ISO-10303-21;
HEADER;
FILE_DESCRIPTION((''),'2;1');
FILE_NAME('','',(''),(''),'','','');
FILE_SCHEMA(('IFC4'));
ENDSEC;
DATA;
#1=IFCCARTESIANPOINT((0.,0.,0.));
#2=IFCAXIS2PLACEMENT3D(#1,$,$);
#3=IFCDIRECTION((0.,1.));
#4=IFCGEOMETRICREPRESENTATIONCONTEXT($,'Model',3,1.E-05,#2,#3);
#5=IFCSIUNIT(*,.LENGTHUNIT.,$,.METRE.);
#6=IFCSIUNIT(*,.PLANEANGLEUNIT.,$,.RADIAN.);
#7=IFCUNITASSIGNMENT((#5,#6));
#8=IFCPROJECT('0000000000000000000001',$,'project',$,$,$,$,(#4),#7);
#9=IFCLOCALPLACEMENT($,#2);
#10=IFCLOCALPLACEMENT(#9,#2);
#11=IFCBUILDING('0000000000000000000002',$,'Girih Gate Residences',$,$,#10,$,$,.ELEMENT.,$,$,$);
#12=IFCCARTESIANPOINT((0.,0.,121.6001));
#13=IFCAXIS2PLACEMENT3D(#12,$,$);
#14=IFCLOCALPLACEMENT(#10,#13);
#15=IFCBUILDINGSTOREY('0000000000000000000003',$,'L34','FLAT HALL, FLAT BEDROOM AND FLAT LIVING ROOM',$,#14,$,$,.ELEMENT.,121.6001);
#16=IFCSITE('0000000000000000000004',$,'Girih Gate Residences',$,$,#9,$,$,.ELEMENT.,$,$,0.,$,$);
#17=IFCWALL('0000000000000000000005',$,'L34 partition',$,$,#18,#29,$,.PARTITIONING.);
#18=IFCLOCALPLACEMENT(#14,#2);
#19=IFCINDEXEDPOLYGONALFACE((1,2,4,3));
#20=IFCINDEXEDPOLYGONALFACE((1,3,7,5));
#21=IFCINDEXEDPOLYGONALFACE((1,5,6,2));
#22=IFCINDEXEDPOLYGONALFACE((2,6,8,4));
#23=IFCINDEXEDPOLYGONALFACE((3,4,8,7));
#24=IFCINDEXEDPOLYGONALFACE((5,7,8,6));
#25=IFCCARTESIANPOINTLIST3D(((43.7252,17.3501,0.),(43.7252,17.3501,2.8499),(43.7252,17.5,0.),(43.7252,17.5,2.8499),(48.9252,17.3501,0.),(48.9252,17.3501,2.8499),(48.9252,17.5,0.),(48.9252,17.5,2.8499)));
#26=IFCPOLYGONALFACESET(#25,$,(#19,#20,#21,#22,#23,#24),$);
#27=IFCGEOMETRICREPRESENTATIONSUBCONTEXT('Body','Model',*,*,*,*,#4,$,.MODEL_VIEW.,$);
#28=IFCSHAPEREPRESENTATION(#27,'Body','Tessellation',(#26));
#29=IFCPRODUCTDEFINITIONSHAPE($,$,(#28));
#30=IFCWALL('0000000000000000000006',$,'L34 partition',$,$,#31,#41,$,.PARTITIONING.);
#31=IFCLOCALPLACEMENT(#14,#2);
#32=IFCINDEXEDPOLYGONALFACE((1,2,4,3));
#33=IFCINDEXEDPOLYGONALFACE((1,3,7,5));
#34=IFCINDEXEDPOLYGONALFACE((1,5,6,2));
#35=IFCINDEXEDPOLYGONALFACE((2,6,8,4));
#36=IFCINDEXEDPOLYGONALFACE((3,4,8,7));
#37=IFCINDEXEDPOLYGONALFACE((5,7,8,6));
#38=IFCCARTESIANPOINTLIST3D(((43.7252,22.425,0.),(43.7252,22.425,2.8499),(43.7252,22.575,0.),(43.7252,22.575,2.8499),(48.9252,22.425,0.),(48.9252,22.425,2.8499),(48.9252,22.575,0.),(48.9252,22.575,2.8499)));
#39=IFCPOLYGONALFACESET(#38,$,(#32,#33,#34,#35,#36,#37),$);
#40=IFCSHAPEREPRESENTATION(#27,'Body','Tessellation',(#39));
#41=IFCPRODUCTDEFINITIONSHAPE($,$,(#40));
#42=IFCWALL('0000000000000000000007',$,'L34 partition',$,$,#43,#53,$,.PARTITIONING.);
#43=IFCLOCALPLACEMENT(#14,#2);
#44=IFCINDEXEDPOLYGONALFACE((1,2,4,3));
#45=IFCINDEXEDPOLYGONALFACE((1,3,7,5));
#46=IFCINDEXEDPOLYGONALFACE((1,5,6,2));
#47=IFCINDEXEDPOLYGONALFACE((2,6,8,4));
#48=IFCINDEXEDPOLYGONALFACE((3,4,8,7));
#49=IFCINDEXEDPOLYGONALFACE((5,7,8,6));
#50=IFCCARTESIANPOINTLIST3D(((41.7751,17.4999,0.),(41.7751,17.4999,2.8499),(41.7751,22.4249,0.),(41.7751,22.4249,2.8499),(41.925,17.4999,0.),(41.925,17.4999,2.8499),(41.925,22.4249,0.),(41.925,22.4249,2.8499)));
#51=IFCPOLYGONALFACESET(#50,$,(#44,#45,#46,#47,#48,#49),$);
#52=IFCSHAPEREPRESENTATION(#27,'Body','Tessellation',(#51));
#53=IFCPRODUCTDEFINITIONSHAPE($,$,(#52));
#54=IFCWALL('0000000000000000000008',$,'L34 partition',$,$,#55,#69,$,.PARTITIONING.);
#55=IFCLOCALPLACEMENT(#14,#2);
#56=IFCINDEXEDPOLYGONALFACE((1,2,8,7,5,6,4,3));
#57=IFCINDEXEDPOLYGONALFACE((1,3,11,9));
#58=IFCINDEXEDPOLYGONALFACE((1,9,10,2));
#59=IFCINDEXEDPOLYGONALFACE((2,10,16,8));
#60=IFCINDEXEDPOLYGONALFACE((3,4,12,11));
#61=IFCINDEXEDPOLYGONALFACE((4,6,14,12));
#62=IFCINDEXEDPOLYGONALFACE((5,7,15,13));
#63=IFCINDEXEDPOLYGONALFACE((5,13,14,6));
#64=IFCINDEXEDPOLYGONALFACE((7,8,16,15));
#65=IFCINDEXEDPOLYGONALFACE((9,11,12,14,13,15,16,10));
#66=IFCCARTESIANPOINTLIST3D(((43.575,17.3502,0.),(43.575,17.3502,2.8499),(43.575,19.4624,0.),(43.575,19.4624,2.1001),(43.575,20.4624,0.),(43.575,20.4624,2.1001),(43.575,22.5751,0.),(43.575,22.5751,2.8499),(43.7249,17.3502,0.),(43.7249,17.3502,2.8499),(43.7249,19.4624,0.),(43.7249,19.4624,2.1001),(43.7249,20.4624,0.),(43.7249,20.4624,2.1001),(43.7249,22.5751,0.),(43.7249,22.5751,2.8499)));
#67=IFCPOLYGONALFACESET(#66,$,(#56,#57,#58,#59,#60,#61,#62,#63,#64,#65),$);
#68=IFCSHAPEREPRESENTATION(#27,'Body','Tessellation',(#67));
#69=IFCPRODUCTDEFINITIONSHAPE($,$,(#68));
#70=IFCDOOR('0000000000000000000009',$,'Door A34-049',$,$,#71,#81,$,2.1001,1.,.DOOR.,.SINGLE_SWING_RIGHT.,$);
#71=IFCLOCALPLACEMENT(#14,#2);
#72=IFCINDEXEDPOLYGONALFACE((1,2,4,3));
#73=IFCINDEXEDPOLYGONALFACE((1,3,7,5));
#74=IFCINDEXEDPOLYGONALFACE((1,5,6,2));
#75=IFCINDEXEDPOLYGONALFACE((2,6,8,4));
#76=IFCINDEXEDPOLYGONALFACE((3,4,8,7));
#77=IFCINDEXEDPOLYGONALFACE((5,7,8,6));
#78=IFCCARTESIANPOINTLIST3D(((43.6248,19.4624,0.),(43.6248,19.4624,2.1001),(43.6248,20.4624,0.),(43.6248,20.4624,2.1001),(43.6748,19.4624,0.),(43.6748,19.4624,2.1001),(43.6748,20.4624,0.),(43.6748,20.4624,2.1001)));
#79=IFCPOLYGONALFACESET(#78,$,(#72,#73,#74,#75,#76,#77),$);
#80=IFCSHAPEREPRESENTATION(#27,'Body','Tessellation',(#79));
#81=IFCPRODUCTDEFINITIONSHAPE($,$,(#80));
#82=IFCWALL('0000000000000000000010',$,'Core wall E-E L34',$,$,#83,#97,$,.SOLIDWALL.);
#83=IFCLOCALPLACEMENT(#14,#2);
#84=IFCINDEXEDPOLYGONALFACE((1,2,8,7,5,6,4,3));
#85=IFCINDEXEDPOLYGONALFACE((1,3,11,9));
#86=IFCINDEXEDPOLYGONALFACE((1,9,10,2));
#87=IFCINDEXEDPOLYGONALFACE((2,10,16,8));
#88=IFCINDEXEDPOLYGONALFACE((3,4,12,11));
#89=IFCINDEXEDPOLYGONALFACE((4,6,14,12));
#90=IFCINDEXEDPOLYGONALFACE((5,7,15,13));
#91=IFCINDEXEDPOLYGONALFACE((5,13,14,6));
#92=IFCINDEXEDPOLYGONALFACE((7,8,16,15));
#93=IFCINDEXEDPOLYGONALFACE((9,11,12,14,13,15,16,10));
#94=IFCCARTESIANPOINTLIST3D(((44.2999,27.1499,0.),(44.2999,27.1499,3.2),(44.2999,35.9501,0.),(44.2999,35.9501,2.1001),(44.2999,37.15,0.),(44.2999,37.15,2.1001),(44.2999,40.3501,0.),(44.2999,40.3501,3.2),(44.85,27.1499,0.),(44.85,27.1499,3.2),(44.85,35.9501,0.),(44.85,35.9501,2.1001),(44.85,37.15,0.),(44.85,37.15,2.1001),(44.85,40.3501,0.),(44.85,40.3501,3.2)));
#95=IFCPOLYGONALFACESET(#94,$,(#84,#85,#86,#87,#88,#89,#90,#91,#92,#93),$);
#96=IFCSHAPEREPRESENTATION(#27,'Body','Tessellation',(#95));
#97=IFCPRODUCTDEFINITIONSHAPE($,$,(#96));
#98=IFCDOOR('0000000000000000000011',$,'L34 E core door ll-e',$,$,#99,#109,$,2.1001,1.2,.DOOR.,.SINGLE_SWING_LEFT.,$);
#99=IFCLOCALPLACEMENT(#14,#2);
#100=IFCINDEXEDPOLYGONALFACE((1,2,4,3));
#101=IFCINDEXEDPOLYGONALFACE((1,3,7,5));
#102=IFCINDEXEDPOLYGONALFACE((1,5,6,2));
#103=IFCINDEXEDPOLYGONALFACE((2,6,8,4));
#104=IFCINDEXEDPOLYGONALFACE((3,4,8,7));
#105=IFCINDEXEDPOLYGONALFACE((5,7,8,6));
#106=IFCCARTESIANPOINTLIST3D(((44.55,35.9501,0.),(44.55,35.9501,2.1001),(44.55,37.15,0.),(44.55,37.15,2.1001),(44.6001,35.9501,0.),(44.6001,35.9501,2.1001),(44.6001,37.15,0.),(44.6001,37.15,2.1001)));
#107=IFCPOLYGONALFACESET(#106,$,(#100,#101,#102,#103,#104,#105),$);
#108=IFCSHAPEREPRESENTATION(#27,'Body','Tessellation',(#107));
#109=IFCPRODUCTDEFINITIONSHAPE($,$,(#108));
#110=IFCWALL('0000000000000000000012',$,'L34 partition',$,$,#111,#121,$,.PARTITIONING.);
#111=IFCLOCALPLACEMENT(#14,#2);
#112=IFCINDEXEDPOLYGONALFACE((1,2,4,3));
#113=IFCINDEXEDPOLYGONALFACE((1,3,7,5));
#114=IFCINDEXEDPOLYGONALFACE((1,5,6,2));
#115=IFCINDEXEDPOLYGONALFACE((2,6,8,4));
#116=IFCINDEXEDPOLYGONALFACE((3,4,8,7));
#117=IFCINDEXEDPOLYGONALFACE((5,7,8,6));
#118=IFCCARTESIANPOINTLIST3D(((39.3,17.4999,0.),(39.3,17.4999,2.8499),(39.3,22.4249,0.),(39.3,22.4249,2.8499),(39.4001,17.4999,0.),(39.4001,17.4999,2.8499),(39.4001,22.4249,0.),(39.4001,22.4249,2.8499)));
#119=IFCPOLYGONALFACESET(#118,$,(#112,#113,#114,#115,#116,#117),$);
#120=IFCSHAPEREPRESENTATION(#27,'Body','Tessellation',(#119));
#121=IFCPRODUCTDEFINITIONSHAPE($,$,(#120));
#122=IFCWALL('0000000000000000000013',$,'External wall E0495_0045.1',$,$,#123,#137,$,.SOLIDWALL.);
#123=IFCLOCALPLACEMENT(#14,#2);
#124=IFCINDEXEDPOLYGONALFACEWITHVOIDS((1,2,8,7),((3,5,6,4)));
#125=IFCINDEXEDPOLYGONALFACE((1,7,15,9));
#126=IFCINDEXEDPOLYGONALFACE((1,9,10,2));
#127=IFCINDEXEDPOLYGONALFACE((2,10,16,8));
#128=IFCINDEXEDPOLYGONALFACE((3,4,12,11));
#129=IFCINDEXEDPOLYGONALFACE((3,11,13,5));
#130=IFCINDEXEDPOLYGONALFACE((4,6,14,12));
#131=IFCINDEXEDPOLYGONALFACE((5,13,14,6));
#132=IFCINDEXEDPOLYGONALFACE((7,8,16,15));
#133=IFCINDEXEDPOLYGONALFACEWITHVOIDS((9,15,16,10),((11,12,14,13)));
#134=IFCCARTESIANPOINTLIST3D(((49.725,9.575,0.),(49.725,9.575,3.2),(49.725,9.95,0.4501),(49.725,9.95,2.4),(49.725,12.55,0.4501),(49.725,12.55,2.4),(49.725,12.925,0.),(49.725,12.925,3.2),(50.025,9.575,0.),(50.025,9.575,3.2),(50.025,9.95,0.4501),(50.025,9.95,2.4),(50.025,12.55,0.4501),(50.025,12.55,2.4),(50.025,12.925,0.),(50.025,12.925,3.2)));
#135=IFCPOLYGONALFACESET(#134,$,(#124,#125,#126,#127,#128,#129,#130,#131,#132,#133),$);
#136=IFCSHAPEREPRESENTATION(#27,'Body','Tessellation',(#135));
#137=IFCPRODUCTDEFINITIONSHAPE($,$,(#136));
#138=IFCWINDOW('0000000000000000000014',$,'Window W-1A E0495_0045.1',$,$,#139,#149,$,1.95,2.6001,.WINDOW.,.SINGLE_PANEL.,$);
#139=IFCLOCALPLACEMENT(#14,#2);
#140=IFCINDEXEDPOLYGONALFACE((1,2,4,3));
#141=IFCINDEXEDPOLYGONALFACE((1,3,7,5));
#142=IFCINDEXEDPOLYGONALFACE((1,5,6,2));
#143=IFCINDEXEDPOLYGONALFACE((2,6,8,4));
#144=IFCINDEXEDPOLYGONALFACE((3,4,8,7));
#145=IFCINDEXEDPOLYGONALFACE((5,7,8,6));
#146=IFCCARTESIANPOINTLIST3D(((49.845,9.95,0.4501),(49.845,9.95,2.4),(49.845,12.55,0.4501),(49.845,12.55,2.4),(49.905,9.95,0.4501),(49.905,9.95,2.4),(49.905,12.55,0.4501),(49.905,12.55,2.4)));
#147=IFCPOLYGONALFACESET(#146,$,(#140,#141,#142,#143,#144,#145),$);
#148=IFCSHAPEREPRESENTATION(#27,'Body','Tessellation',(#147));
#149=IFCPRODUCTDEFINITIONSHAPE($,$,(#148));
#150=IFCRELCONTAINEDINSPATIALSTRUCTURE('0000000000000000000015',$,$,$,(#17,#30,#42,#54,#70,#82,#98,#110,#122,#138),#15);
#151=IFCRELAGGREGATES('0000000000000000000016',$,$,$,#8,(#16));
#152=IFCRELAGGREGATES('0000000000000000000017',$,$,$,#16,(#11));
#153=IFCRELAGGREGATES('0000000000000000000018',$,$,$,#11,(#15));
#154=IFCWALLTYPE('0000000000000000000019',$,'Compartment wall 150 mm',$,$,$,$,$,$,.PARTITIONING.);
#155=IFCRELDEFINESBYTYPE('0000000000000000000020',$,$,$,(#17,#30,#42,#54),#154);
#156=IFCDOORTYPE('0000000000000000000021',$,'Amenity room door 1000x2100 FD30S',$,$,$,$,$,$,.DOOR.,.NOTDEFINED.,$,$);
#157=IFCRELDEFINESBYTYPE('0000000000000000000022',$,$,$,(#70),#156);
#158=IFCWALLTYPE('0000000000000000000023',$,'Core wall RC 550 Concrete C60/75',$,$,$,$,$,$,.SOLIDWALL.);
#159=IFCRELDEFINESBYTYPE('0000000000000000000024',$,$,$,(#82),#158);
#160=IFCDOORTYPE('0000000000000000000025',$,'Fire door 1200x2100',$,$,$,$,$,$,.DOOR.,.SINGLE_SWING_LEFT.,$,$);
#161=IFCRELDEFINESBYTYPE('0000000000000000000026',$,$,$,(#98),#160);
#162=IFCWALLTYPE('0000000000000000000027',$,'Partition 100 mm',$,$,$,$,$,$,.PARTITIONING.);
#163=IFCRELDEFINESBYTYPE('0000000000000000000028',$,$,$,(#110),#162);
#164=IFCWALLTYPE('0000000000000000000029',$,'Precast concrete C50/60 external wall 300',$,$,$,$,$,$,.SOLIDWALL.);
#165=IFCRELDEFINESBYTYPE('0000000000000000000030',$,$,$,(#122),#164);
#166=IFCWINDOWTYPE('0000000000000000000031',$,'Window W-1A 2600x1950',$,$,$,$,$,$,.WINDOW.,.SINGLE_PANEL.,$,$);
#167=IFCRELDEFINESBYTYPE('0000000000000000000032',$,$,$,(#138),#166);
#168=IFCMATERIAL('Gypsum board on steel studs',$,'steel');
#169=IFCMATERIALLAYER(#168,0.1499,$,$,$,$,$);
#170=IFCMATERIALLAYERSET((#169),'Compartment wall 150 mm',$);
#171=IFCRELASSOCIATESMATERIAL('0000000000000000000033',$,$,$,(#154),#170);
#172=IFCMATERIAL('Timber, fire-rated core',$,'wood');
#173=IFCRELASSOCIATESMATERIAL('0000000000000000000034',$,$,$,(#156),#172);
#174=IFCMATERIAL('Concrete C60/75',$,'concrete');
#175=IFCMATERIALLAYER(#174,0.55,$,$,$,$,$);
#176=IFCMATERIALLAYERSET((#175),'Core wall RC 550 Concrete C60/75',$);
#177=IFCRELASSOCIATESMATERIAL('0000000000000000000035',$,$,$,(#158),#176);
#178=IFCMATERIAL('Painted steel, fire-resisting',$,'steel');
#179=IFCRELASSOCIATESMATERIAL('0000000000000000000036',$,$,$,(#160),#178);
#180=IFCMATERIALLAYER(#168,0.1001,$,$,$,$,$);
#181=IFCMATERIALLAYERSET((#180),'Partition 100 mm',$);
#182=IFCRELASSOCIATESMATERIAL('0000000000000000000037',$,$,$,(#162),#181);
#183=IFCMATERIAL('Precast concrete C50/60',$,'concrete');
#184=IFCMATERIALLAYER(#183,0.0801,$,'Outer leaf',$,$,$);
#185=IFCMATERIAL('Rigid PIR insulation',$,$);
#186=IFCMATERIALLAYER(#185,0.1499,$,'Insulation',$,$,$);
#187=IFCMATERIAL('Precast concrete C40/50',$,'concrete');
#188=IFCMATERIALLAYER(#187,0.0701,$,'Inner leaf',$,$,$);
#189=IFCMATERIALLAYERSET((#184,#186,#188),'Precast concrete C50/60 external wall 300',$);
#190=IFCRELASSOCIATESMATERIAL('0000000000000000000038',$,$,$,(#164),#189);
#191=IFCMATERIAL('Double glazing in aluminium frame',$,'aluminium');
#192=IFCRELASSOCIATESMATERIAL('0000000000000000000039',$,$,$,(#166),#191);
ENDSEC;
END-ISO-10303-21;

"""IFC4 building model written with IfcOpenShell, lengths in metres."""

from ifc_helpers import new_model, si_unit, direction, frame, frame_2d, origin, place, context, subcontext, project, spatial, rectangle, extrude, material, layer, layer_set, type_object, element, fill, save


model = new_model("IFC4")

# Units and contexts
model_context = context("Model", 3, precision=1e-05, world=origin(), true_north=direction((0.0, 1.0)))
body_context = subcontext(model_context, "Body", "Model", "MODEL_VIEW")
ifc_project = project(units=[si_unit("LENGTHUNIT", "METRE"), si_unit("PLANEANGLEUNIT", "RADIAN")], contexts=[model_context])

# Site, building, storey
site_placement = place(None, origin())
site = spatial("IfcSite", under=ifc_project, at=site_placement, Name="Girih Gate Residences", CompositionType="ELEMENT", RefElevation=0.0)
building_placement = place(site_placement, origin())
building = spatial("IfcBuilding", under=site, at=building_placement, Name="Girih Gate Residences", CompositionType="ELEMENT")
storey_placement = place(building_placement, frame((0.0, 0.0, 121.6001)))
storey = spatial("IfcBuildingStorey", under=building, at=storey_placement, Name="L34", Description="FLAT HALL, FLAT BEDROOM AND FLAT LIVING ROOM", CompositionType="ELEMENT", Elevation=121.6001)

# Shared definitions
ifc_material_1 = material(Name="Concrete C60/75", Category="concrete")

# Shared definitions
ifc_material_2 = material(Name="Gypsum board on steel studs", Category="steel")
ifc_layer_1 = layer(ifc_material_2, 0.1499)
ifc_layer_set_1 = layer_set([ifc_layer_1], Name="Compartment wall 150 mm")
wall_type_1 = type_object("IfcWallType", Name="Compartment wall 150 mm", PredefinedType="PARTITIONING", material=ifc_layer_set_1)
ifc_material_3 = material(Name="Timber, fire-rated core", Category="wood")

# Walls
for number, where, z_axis, x_axis, name in (
    (1, (43.7251, 17.425, 0.0), (0.0, 0.0, 1.0), (1.0, 0.0, 0.0), "L34 partition"),
    (2, (43.7251, 22.5, 0.0), (0.0, 0.0, 1.0), (1.0, 0.0, 0.0), "L34 partition"),
):
    element("IfcWall", number, at=place(storey_placement, frame(where, z_axis=z_axis, x_axis=x_axis)), inside=storey, type_object=wall_type_1, Name=name, PredefinedType="PARTITIONING", context=body_context, shape_type="SweptSolid", body=[
        extrude(rectangle(XDim=5.2, YDim=0.1499, at=frame_2d((2.6001, 0.0))), origin(), (0.0, 0.0, 1.0), 2.8499),
    ])
wall_1_placement = place(storey_placement, frame((41.8501, 17.5, 0.0), z_axis=(0.0, 0.0, 1.0), x_axis=(0.0, 1.0, 0.0)))
element("IfcWall", 3, at=wall_1_placement, inside=storey, type_object=wall_type_1, Name="L34 partition", PredefinedType="PARTITIONING", context=body_context, shape_type="SweptSolid", body=[
    extrude(rectangle(XDim=4.925, YDim=0.1499, at=frame_2d((2.4624, 0.0))), origin(), (0.0, 0.0, 1.0), 2.8499),
])

# Walls, openings, doors
wall_2_placement = place(storey_placement, frame((43.6499, 22.575, 0.0), z_axis=(0.0, 0.0, 1.0), x_axis=(0.0, -1.0, 0.0)))
wall_2 = element("IfcWall", 4, at=wall_2_placement, inside=storey, type_object=wall_type_1, Name="L34 partition", PredefinedType="PARTITIONING", context=body_context, shape_type="SweptSolid", body=[
    extrude(rectangle(XDim=5.2249, YDim=0.1499, at=frame_2d((2.6123, 0.0))), origin(), (0.0, 0.0, 1.0), 2.8499),
])
opening_1_placement = place(wall_2_placement, frame((2.1125, 0.0, 0.0)))
opening_1 = element("IfcOpeningElement", 5, at=opening_1_placement, cuts=wall_2, PredefinedType="OPENING", context=body_context, shape_type="SweptSolid", body=[
    extrude(rectangle(XDim=1.0, YDim=2.1001, at=frame_2d((0.5, 1.05))), frame((0.0, 0.085, 0.0), z_axis=(0.0, -1.0, 0.0), x_axis=(1.0, 0.0, 0.0)), (0.0, 0.0, 1.0), 0.1699),
])
door_type_1 = type_object("IfcDoorType", Name="Amenity room door 1000x2100 FD30S", OperationType="NOTDEFINED", PredefinedType="DOOR", material=ifc_material_3)
door_1_placement = place(opening_1_placement, origin())
door_1 = element("IfcDoor", 6, at=door_1_placement, inside=storey, type_object=door_type_1, Name="Door A34-049", OperationType="SINGLE_SWING_RIGHT", OverallHeight=2.1001, OverallWidth=1.0, PredefinedType="DOOR", context=body_context, shape_type="SweptSolid", body=[
    extrude(rectangle(XDim=1.0, YDim=2.1001, at=frame_2d((0.5, 1.05))), frame((0.0, 0.0249, 0.0), z_axis=(0.0, -1.0, 0.0), x_axis=(1.0, 0.0, 0.0)), (0.0, 0.0, 1.0), 0.05),
])
fill(opening_1, door_1)
ifc_layer_2 = layer(ifc_material_1, 0.55)
ifc_layer_set_2 = layer_set([ifc_layer_2], Name="Core wall RC 550 Concrete C60/75")
wall_type_2 = type_object("IfcWallType", Name="Core wall RC 550 Concrete C60/75", PredefinedType="SOLIDWALL", material=ifc_layer_set_2)
wall_3_placement = place(storey_placement, frame((44.575, 27.1499, 0.0), z_axis=(0.0, 0.0, 1.0), x_axis=(0.0, 1.0, 0.0)))
wall_3 = element("IfcWall", 7, at=wall_3_placement, inside=storey, type_object=wall_type_2, Name="Core wall E-E L34", PredefinedType="SOLIDWALL", context=body_context, shape_type="SweptSolid", body=[
    extrude(rectangle(XDim=13.2002, YDim=0.55, at=frame_2d((6.6001, 0.0))), origin(), (0.0, 0.0, 1.0), 3.2),
])
opening_2_placement = place(wall_3_placement, frame((8.8, 0.0, 0.0)))
opening_2 = element("IfcOpeningElement", 8, at=opening_2_placement, cuts=wall_3, PredefinedType="OPENING", context=body_context, shape_type="SweptSolid", body=[
    extrude(rectangle(XDim=1.2, YDim=2.1001, at=frame_2d((0.6001, 1.05))), frame((0.0, 0.2849, 0.0), z_axis=(0.0, -1.0, 0.0), x_axis=(1.0, 0.0, 0.0)), (0.0, 0.0, 1.0), 0.5701),
])
ifc_material_4 = material(Name="Painted steel, fire-resisting", Category="steel")
door_type_2 = type_object("IfcDoorType", Name="Fire door 1200x2100", OperationType="SINGLE_SWING_LEFT", PredefinedType="DOOR", material=ifc_material_4)
door_2_placement = place(opening_2_placement, origin())
door_2 = element("IfcDoor", 9, at=door_2_placement, inside=storey, type_object=door_type_2, Name="L34 E core door ll-e", OperationType="SINGLE_SWING_LEFT", OverallHeight=2.1001, OverallWidth=1.2, PredefinedType="DOOR", context=body_context, shape_type="SweptSolid", body=[
    extrude(rectangle(XDim=1.2, YDim=2.1001, at=frame_2d((0.6001, 1.05))), frame((0.0, 0.0249, 0.0), z_axis=(0.0, -1.0, 0.0), x_axis=(1.0, 0.0, 0.0)), (0.0, 0.0, 1.0), 0.05),
])
fill(opening_2, door_2)

# Wall
ifc_layer_3 = layer(ifc_material_2, 0.1001)
ifc_layer_set_3 = layer_set([ifc_layer_3], Name="Partition 100 mm")
wall_type_3 = type_object("IfcWallType", Name="Partition 100 mm", PredefinedType="PARTITIONING", material=ifc_layer_set_3)
wall_4_placement = place(storey_placement, frame((39.3501, 17.5, 0.0), z_axis=(0.0, 0.0, 1.0), x_axis=(0.0, 1.0, 0.0)))
element("IfcWall", 10, at=wall_4_placement, inside=storey, type_object=wall_type_3, Name="L34 partition", PredefinedType="PARTITIONING", context=body_context, shape_type="SweptSolid", body=[
    extrude(rectangle(XDim=4.925, YDim=0.1001, at=frame_2d((2.4624, 0.0))), origin(), (0.0, 0.0, 1.0), 2.8499),
])

# Wall, opening, window
ifc_material_5 = material(Name="Precast concrete C50/60", Category="concrete")
ifc_layer_4 = layer(ifc_material_5, 0.0801, Name="Outer leaf")
ifc_material_6 = material(Name="Rigid PIR insulation")
ifc_layer_5 = layer(ifc_material_6, 0.1499, Name="Insulation")
ifc_material_7 = material(Name="Precast concrete C40/50", Category="concrete")
ifc_layer_6 = layer(ifc_material_7, 0.0701, Name="Inner leaf")
ifc_layer_set_4 = layer_set([ifc_layer_4, ifc_layer_5, ifc_layer_6], Name="Precast concrete C50/60 external wall 300")
wall_type_4 = type_object("IfcWallType", Name="Precast concrete C50/60 external wall 300", PredefinedType="SOLIDWALL", material=ifc_layer_set_4)
wall_5_placement = place(storey_placement, frame((49.875, 12.925, 0.0), z_axis=(0.0, 0.0, 1.0), x_axis=(0.0, -1.0, 0.0)))
wall_5 = element("IfcWall", 11, at=wall_5_placement, inside=storey, type_object=wall_type_4, Name="External wall E0495_0045.1", PredefinedType="SOLIDWALL", context=body_context, shape_type="SweptSolid", body=[
    extrude(rectangle(XDim=3.3501, YDim=0.3, at=frame_2d((1.675, 0.0))), origin(), (0.0, 0.0, 1.0), 3.2),
])
opening_3_placement = place(wall_5_placement, frame((0.375, 0.0, 0.45)))
opening_3 = element("IfcOpeningElement", 12, at=opening_3_placement, cuts=wall_5, PredefinedType="OPENING", context=body_context, shape_type="SweptSolid", body=[
    extrude(rectangle(XDim=2.6001, YDim=1.95, at=frame_2d((1.3, 0.9751))), frame((0.0, 0.1599, 0.0), z_axis=(0.0, -1.0, 0.0), x_axis=(1.0, 0.0, 0.0)), (0.0, 0.0, 1.0), 0.3201),
])
ifc_material_8 = material(Name="Double glazing in aluminium frame", Category="aluminium")
window_type = type_object("IfcWindowType", Name="Window W-1A 2600x1950", PartitioningType="SINGLE_PANEL", PredefinedType="WINDOW", material=ifc_material_8)
window_1_placement = place(opening_3_placement, origin())
window_1 = element("IfcWindow", 13, at=window_1_placement, inside=storey, type_object=window_type, Name="Window W-1A E0495_0045.1", OverallHeight=1.95, OverallWidth=2.6001, PartitioningType="SINGLE_PANEL", PredefinedType="WINDOW", context=body_context, shape_type="SweptSolid", body=[
    extrude(rectangle(XDim=2.6001, YDim=1.95, at=frame_2d((1.3, 0.9751))), frame((0.0, 0.03, 0.0), z_axis=(0.0, -1.0, 0.0), x_axis=(1.0, 0.0, 0.0)), (0.0, 0.0, 1.0), 0.0601),
])
fill(opening_3, window_1)

save(model, "model.ifc")
